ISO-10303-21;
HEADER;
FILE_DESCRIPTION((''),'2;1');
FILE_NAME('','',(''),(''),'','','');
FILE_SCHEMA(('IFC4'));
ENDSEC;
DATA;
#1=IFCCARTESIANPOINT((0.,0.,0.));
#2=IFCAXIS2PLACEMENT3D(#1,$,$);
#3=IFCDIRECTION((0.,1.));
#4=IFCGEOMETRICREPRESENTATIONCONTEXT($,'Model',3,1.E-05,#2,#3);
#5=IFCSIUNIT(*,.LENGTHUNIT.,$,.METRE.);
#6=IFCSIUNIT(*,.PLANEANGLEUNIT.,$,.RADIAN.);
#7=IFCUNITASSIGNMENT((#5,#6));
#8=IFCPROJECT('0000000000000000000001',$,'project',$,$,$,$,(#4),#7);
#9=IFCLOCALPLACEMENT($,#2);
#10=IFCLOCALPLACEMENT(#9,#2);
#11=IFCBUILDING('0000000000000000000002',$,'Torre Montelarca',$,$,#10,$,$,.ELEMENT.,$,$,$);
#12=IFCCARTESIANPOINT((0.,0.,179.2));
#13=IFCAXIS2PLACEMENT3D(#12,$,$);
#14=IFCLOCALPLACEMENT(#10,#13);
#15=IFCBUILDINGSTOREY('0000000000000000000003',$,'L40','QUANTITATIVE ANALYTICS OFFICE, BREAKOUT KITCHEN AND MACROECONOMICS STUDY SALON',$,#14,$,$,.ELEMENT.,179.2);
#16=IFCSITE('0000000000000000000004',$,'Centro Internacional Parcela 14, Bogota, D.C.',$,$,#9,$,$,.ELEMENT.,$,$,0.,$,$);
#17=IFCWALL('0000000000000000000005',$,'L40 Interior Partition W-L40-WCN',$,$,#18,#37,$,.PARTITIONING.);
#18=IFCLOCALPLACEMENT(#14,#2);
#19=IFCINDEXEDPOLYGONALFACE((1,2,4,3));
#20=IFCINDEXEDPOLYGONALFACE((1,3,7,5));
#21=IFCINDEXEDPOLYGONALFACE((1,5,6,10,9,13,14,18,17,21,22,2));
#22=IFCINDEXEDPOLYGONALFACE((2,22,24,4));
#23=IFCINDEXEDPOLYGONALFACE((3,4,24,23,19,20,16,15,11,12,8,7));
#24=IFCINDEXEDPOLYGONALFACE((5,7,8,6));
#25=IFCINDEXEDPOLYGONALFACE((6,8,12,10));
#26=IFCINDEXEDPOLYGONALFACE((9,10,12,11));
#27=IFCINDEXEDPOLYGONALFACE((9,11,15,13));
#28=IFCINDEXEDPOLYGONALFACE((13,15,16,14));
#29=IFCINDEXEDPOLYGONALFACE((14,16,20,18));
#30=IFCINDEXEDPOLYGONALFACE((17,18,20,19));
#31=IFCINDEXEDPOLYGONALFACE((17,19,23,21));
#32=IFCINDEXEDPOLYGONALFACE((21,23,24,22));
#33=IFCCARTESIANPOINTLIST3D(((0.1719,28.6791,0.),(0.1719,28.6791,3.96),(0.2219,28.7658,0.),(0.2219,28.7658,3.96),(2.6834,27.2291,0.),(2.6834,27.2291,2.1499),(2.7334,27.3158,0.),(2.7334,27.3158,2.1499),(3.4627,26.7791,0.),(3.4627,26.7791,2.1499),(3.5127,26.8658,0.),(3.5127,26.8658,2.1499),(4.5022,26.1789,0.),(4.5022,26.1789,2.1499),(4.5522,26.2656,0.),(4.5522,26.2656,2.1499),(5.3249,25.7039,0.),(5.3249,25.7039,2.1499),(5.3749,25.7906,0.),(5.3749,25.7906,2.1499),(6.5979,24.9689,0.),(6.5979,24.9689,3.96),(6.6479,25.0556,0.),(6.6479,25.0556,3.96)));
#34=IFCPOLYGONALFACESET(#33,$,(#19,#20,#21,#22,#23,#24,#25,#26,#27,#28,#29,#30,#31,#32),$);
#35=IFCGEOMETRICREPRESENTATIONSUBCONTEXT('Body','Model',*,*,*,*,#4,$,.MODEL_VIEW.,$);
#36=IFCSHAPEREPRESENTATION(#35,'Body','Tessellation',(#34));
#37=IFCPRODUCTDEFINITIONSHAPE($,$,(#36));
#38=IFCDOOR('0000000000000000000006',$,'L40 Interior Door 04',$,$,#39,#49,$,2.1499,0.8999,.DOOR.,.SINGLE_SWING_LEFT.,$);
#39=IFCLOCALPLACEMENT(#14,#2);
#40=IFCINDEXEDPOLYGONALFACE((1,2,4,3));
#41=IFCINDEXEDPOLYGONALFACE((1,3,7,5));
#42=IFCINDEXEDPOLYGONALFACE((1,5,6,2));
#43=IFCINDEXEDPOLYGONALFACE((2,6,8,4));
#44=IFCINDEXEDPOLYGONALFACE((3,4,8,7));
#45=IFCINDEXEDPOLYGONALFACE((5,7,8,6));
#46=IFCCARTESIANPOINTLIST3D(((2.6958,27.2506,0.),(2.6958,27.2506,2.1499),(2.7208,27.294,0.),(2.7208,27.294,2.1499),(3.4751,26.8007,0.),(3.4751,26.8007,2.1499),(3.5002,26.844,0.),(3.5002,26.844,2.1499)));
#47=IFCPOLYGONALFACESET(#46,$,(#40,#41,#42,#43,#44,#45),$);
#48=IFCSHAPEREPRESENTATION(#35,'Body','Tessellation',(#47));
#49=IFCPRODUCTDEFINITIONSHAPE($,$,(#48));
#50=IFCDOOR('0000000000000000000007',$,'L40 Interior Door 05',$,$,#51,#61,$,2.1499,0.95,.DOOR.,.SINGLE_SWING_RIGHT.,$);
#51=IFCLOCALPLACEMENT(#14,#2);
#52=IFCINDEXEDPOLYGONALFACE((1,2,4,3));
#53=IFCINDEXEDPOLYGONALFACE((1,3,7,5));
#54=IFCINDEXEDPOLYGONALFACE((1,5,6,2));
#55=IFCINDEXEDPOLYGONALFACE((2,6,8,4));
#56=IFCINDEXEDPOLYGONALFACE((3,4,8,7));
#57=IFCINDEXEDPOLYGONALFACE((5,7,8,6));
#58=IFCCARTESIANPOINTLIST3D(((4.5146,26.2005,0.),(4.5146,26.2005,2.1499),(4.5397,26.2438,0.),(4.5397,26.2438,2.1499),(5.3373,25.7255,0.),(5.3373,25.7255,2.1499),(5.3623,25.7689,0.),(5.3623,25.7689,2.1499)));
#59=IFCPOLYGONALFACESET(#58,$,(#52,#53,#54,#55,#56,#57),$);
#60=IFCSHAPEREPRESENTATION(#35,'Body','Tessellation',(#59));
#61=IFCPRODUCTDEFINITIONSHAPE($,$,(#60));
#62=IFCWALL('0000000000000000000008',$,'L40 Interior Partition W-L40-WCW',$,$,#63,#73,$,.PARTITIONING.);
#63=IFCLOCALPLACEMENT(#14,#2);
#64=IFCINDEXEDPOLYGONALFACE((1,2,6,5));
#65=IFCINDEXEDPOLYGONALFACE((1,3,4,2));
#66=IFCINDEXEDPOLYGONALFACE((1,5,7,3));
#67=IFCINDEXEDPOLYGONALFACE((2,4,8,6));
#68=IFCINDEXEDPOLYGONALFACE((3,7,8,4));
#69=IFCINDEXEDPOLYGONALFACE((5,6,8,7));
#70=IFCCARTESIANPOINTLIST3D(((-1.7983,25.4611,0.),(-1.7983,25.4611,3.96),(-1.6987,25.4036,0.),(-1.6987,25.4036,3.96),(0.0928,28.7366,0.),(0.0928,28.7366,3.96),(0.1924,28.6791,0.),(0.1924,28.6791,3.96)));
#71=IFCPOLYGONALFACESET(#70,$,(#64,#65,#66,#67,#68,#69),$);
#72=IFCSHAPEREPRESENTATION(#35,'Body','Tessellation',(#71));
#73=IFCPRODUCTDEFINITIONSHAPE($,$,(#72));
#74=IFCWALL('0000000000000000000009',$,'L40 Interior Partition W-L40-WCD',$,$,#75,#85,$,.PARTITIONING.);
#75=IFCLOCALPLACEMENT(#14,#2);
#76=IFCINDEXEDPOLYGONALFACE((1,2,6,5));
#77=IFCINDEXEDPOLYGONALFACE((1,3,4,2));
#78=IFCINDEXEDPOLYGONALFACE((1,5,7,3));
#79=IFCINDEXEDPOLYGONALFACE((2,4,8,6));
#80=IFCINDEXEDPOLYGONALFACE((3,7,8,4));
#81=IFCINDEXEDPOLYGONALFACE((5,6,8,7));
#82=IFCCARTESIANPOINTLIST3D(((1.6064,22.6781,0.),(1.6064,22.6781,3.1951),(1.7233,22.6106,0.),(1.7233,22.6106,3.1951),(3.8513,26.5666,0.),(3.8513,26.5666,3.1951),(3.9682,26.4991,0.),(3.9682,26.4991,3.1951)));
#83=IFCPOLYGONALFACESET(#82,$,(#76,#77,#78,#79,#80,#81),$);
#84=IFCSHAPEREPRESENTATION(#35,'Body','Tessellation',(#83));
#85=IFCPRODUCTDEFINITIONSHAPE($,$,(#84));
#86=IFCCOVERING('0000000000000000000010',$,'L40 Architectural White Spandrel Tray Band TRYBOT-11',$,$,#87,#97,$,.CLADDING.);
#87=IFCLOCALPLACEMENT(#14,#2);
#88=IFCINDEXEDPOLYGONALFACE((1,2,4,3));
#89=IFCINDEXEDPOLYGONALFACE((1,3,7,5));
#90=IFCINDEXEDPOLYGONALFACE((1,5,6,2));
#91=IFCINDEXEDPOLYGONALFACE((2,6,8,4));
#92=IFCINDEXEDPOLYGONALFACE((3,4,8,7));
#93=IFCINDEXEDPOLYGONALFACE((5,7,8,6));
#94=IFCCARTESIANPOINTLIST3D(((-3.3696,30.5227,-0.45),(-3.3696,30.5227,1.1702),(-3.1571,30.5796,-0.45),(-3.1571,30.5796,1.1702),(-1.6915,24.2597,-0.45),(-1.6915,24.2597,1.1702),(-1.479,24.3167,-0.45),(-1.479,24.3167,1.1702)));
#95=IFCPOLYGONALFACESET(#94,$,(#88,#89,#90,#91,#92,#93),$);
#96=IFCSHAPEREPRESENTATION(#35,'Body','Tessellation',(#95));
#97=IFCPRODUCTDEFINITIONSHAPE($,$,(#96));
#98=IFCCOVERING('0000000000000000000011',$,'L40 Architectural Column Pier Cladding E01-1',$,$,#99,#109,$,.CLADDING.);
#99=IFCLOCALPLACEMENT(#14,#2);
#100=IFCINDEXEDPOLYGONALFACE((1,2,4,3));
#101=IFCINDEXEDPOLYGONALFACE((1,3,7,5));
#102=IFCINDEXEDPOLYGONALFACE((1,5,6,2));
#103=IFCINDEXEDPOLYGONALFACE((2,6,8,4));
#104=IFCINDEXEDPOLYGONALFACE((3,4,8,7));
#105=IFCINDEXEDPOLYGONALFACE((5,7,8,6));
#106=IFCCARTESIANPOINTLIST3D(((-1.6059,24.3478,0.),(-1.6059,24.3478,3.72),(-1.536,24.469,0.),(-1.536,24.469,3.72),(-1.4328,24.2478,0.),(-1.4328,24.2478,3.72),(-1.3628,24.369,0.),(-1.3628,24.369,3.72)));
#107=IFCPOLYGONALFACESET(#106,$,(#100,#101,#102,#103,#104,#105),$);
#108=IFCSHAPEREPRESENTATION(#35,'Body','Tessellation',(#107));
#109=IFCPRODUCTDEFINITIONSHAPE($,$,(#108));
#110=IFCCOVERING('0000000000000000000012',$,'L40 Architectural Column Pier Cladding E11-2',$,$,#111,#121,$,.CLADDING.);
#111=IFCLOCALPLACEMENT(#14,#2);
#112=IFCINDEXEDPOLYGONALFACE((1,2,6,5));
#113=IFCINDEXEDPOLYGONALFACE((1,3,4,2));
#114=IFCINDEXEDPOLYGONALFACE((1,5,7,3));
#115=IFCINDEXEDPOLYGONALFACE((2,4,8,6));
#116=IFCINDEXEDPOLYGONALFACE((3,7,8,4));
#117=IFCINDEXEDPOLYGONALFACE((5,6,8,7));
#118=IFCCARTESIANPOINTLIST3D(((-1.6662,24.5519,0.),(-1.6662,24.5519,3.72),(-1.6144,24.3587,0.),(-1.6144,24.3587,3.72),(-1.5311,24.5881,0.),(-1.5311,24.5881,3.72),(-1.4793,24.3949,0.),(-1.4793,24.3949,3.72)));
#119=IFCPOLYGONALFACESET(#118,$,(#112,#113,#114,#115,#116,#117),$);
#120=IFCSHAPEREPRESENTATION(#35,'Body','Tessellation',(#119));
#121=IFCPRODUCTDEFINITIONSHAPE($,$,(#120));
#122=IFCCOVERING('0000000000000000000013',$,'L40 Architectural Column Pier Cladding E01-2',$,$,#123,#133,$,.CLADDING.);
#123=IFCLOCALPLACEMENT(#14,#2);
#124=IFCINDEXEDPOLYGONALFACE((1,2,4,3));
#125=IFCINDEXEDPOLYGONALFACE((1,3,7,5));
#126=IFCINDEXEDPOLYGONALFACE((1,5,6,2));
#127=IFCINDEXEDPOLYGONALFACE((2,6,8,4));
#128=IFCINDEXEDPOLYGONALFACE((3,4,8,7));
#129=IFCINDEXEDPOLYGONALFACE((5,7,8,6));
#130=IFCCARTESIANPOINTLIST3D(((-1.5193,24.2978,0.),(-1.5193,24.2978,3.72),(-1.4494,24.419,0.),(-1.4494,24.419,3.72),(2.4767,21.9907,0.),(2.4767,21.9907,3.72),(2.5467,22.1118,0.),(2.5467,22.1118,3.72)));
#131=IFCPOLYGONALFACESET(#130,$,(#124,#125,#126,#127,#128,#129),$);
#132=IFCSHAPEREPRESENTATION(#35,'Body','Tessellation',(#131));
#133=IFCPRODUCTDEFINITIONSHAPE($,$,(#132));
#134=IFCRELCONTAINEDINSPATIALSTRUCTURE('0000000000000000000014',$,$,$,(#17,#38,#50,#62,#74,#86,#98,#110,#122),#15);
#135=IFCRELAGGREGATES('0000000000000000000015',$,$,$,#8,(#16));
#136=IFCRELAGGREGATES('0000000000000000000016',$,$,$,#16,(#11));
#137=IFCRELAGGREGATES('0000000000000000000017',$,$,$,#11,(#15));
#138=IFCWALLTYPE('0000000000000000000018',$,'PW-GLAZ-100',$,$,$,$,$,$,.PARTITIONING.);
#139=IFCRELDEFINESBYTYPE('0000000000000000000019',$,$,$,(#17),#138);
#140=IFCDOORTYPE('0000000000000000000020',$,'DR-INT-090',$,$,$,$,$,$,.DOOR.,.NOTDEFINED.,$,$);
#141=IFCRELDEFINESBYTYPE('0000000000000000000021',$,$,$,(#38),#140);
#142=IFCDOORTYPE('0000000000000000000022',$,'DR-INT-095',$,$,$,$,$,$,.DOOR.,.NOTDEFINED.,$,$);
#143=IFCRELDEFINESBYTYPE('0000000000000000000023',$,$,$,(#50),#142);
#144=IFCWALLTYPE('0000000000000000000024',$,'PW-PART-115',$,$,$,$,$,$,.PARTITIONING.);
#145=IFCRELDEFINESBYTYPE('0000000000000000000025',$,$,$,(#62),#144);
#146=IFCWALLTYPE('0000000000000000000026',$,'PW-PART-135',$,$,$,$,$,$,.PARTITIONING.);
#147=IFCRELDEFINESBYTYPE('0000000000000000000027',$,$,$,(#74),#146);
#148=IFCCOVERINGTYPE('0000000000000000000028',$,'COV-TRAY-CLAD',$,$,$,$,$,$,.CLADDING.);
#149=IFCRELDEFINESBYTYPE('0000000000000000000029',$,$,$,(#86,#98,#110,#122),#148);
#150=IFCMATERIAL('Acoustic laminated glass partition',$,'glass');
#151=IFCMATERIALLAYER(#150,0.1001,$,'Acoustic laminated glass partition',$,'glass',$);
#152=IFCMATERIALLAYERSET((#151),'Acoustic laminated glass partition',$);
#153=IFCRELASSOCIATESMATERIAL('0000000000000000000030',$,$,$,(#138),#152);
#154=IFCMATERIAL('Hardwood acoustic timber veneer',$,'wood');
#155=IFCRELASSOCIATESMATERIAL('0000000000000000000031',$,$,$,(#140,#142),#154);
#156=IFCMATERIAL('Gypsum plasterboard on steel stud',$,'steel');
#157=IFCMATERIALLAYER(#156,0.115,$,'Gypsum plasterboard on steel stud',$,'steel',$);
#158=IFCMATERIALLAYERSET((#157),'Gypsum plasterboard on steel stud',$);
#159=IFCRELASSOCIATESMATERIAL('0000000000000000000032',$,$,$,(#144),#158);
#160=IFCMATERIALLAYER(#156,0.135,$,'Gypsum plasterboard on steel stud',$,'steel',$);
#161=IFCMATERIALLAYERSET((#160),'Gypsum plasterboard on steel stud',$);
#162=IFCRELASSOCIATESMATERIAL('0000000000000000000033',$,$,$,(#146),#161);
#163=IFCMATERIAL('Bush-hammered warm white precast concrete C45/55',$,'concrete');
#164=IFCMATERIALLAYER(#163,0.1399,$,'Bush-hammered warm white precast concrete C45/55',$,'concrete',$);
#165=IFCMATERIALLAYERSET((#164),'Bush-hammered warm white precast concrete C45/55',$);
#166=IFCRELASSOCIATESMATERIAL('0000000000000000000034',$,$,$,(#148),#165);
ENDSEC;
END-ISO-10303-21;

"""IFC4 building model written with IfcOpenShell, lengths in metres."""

from ifc_helpers import new_model, si_unit, direction, frame, frame_2d, origin, origin_2d, place, context, subcontext, project, spatial, rectangle, extrude, source, transform, mapped, material, layer, layer_set, type_object, element, fill, save


model = new_model("IFC4")

# Units and contexts
model_context = context("Model", 3, precision=1e-05, world=origin(), true_north=direction((0.0, 1.0)))
body_context = subcontext(model_context, "Body", "Model", "MODEL_VIEW")
ifc_project = project(units=[si_unit("LENGTHUNIT", "METRE"), si_unit("PLANEANGLEUNIT", "RADIAN")], contexts=[model_context])

# Site, building, storey
site_placement = place(None, origin())
site = spatial("IfcSite", under=ifc_project, at=site_placement, Name="Centro Internacional Parcela 14, Bogota, D.C.", CompositionType="ELEMENT", RefElevation=0.0)
building_placement = place(site_placement, origin())
building = spatial("IfcBuilding", under=site, at=building_placement, Name="Torre Montelarca", CompositionType="ELEMENT")
storey_placement = place(building_placement, frame((0.0, 0.0, 179.2)))
storey = spatial("IfcBuildingStorey", under=building, at=storey_placement, Name="L40", Description="QUANTITATIVE ANALYTICS OFFICE, BREAKOUT KITCHEN AND MACROECONOMICS STUDY SALON", CompositionType="ELEMENT", Elevation=179.2)

# Wall, openings, doors
ifc_material_1 = material(Name="Acoustic laminated glass partition", Category="glass")
ifc_layer_1 = layer(ifc_material_1, 0.1001, Name="Acoustic laminated glass partition", Category="glass")
ifc_layer_set_1 = layer_set([ifc_layer_1], Name="Acoustic laminated glass partition")
wall_type_1 = type_object("IfcWallType", Name="PW-GLAZ-100", PredefinedType="PARTITIONING", material=ifc_layer_set_1)
wall_1_placement = place(storey_placement, frame((0.197, 28.7224, 0.0), z_axis=(0.0, 0.0, 1.0), x_axis=(0.866017, -0.500014, 0.0)))
wall_1 = element("IfcWall", 1, at=wall_1_placement, inside=storey, type_object=wall_type_1, Name="L40 Interior Partition W-L40-WCN", PredefinedType="PARTITIONING", context=body_context, shape_type="SweptSolid", body=[
    extrude(rectangle(XDim=7.4202, YDim=0.1001, at=frame_2d((3.71, 0.0))), origin(), (0.0, 0.0, 1.0), 3.96),
])
opening_1_placement = place(wall_1_placement, frame((2.8999, 0.0, 0.0)))
opening_1 = element("IfcOpeningElement", 2, at=opening_1_placement, cuts=wall_1, PredefinedType="OPENING", context=body_context, shape_type="SweptSolid", body=[
    extrude(rectangle(XDim=0.8999, YDim=2.1499, at=frame_2d((0.45, 1.075))), frame((0.0, 0.0601, 0.0), z_axis=(0.0, -1.0, 0.0), x_axis=(1.0, 0.0, 0.0)), (0.0, 0.0, 1.0), 0.1201),
])
opening_2_placement = place(wall_1_placement, frame((5.0, 0.0, 0.0)))
opening_2 = element("IfcOpeningElement", 3, at=opening_2_placement, cuts=wall_1, PredefinedType="OPENING", context=body_context, shape_type="SweptSolid", body=[
    extrude(rectangle(XDim=0.95, YDim=2.1499, at=frame_2d((0.4751, 1.075))), frame((0.0, 0.0601, 0.0), z_axis=(0.0, -1.0, 0.0), x_axis=(1.0, 0.0, 0.0)), (0.0, 0.0, 1.0), 0.1201),
])
ifc_material_2 = material(Name="Hardwood acoustic timber veneer", Category="wood")
door_type_1 = type_object("IfcDoorType", Name="DR-INT-090", OperationType="NOTDEFINED", PredefinedType="DOOR", material=ifc_material_2)
shared_shape_1 = source(origin(), body_context, "Body", "SweptSolid", [
    extrude(rectangle(XDim=0.8999, YDim=2.1499, at=frame_2d((0.45, 1.075))), frame((0.0, 0.0249, 0.0), z_axis=(0.0, -1.0, 0.0), x_axis=(1.0, 0.0, 0.0)), (0.0, 0.0, 1.0), 0.05),
])
door_1_placement = place(opening_1_placement, origin())
door_1 = element("IfcDoor", 4, at=door_1_placement, inside=storey, type_object=door_type_1, Name="L40 Interior Door 04", OperationType="SINGLE_SWING_LEFT", OverallHeight=2.1499, OverallWidth=0.8999, PredefinedType="DOOR", context=body_context, shape_type="MappedRepresentation", body=[
    mapped(shared_shape_1, transform((0.0, 0.0, 0.0), scale=1.0)),
])
fill(opening_1, door_1)
door_type_2 = type_object("IfcDoorType", Name="DR-INT-095", OperationType="NOTDEFINED", PredefinedType="DOOR", material=ifc_material_2)
shared_shape_2 = source(origin(), body_context, "Body", "SweptSolid", [
    extrude(rectangle(XDim=0.95, YDim=2.1499, at=frame_2d((0.4751, 1.075))), frame((0.0, 0.0249, 0.0), z_axis=(0.0, -1.0, 0.0), x_axis=(1.0, 0.0, 0.0)), (0.0, 0.0, 1.0), 0.05),
])
door_2_placement = place(opening_2_placement, origin())
door_2 = element("IfcDoor", 5, at=door_2_placement, inside=storey, type_object=door_type_2, Name="L40 Interior Door 05", OperationType="SINGLE_SWING_RIGHT", OverallHeight=2.1499, OverallWidth=0.95, PredefinedType="DOOR", context=body_context, shape_type="MappedRepresentation", body=[
    mapped(shared_shape_2, transform((0.0, 0.0, 0.0), scale=1.0)),
])
fill(opening_2, door_2)

# Walls
ifc_material_3 = material(Name="Gypsum plasterboard on steel stud", Category="steel")
ifc_layer_2 = layer(ifc_material_3, 0.115, Name="Gypsum plasterboard on steel stud", Category="steel")
ifc_layer_set_2 = layer_set([ifc_layer_2], Name="Gypsum plasterboard on steel stud")
wall_type_2 = type_object("IfcWallType", Name="PW-PART-115", PredefinedType="PARTITIONING", material=ifc_layer_set_2)
wall_2_placement = place(storey_placement, frame((-1.7485, 25.4324, 0.0), z_axis=(0.0, 0.0, 1.0), x_axis=(0.500013, 0.866018, 0.0)))
element("IfcWall", 6, at=wall_2_placement, inside=storey, type_object=wall_type_2, Name="L40 Interior Partition W-L40-WCW", PredefinedType="PARTITIONING", context=body_context, shape_type="SweptSolid", body=[
    extrude(rectangle(XDim=3.7822, YDim=0.115, at=frame_2d((1.8911, 0.0))), origin(), (0.0, 0.0, 1.0), 3.96),
])
ifc_layer_3 = layer(ifc_material_3, 0.135, Name="Gypsum plasterboard on steel stud", Category="steel")
ifc_layer_set_3 = layer_set([ifc_layer_3], Name="Gypsum plasterboard on steel stud")
wall_type_3 = type_object("IfcWallType", Name="PW-PART-135", PredefinedType="PARTITIONING", material=ifc_layer_set_3)
wall_3_placement = place(storey_placement, frame((1.6648, 22.6443, 0.0), z_axis=(0.0, 0.0, 1.0), x_axis=(0.499981, 0.866036, 0.0)))
element("IfcWall", 7, at=wall_3_placement, inside=storey, type_object=wall_type_3, Name="L40 Interior Partition W-L40-WCD", PredefinedType="PARTITIONING", context=body_context, shape_type="SweptSolid", body=[
    extrude(rectangle(XDim=4.49, YDim=0.135, at=frame_2d((2.2451, 0.0))), origin(), (0.0, 0.0, 1.0), 3.1951),
])

# Coverings
ifc_material_4 = material(Name="Bush-hammered warm white precast concrete C45/55", Category="concrete")
ifc_layer_4 = layer(ifc_material_4, 0.1399, Name="Bush-hammered warm white precast concrete C45/55", Category="concrete")
ifc_layer_set_4 = layer_set([ifc_layer_4], Name="Bush-hammered warm white precast concrete C45/55")
covering_type = type_object("IfcCoveringType", Name="COV-TRAY-CLAD", PredefinedType="CLADDING", material=ifc_layer_set_4)
shared_shape_3 = source(origin(), body_context, "Body", "SweptSolid", [
    extrude(rectangle(XDim=6.4839, YDim=0.22, at=origin_2d()), origin(), (0.0, 0.0, 1.0), 1.6201),
])
covering_1_placement = place(storey_placement, frame((-2.4243, 27.4197, -0.45), z_axis=(0.0, 0.0, 1.0), x_axis=(0.258814, -0.965927, 0.0)))
element("IfcCovering", 8, at=covering_1_placement, inside=storey, type_object=covering_type, Name="L40 Architectural White Spandrel Tray Band TRYBOT-11", PredefinedType="CLADDING", context=body_context, shape_type="MappedRepresentation", body=[
    mapped(shared_shape_3, transform((0.0, 0.0, 0.0), scale=1.0)),
])
shared_shape_4 = source(origin(), body_context, "Body", "SweptSolid", [
    extrude(rectangle(XDim=0.2, YDim=0.1399, at=origin_2d()), origin(), (0.0, 0.0, 1.0), 3.72),
])
for number, where, z_axis, x_axis, name in (
    (9, (-1.4844, 24.3584, 0.0), (0.0, 0.0, 1.0), (0.866025, -0.5, 0.0), "L40 Architectural Column Pier Cladding E01-1"),
    (10, (-1.5728, 24.4734, 0.0), (0.0, 0.0, 1.0), (0.258816, -0.965927, 0.0), "L40 Architectural Column Pier Cladding E11-2"),
):
    element("IfcCovering", number, at=place(storey_placement, frame(where, z_axis=z_axis, x_axis=x_axis)), inside=storey, type_object=covering_type, Name=name, PredefinedType="CLADDING", context=body_context, shape_type="MappedRepresentation", body=[
        mapped(shared_shape_4, transform((0.0, 0.0, 0.0), scale=1.0)),
    ])
shared_shape_5 = source(origin(), body_context, "Body", "SweptSolid", [
    extrude(rectangle(XDim=4.6143, YDim=0.1399, at=origin_2d()), origin(), (0.0, 0.0, 1.0), 3.72),
])
covering_2_placement = place(storey_placement, frame((0.5137, 23.2048, 0.0), z_axis=(0.0, 0.0, 1.0), x_axis=(0.866025, -0.5, 0.0)))
element("IfcCovering", 11, at=covering_2_placement, inside=storey, type_object=covering_type, Name="L40 Architectural Column Pier Cladding E01-2", PredefinedType="CLADDING", context=body_context, shape_type="MappedRepresentation", body=[
    mapped(shared_shape_5, transform((0.0, 0.0, 0.0), scale=1.0)),
])

save(model, "model.ifc")
